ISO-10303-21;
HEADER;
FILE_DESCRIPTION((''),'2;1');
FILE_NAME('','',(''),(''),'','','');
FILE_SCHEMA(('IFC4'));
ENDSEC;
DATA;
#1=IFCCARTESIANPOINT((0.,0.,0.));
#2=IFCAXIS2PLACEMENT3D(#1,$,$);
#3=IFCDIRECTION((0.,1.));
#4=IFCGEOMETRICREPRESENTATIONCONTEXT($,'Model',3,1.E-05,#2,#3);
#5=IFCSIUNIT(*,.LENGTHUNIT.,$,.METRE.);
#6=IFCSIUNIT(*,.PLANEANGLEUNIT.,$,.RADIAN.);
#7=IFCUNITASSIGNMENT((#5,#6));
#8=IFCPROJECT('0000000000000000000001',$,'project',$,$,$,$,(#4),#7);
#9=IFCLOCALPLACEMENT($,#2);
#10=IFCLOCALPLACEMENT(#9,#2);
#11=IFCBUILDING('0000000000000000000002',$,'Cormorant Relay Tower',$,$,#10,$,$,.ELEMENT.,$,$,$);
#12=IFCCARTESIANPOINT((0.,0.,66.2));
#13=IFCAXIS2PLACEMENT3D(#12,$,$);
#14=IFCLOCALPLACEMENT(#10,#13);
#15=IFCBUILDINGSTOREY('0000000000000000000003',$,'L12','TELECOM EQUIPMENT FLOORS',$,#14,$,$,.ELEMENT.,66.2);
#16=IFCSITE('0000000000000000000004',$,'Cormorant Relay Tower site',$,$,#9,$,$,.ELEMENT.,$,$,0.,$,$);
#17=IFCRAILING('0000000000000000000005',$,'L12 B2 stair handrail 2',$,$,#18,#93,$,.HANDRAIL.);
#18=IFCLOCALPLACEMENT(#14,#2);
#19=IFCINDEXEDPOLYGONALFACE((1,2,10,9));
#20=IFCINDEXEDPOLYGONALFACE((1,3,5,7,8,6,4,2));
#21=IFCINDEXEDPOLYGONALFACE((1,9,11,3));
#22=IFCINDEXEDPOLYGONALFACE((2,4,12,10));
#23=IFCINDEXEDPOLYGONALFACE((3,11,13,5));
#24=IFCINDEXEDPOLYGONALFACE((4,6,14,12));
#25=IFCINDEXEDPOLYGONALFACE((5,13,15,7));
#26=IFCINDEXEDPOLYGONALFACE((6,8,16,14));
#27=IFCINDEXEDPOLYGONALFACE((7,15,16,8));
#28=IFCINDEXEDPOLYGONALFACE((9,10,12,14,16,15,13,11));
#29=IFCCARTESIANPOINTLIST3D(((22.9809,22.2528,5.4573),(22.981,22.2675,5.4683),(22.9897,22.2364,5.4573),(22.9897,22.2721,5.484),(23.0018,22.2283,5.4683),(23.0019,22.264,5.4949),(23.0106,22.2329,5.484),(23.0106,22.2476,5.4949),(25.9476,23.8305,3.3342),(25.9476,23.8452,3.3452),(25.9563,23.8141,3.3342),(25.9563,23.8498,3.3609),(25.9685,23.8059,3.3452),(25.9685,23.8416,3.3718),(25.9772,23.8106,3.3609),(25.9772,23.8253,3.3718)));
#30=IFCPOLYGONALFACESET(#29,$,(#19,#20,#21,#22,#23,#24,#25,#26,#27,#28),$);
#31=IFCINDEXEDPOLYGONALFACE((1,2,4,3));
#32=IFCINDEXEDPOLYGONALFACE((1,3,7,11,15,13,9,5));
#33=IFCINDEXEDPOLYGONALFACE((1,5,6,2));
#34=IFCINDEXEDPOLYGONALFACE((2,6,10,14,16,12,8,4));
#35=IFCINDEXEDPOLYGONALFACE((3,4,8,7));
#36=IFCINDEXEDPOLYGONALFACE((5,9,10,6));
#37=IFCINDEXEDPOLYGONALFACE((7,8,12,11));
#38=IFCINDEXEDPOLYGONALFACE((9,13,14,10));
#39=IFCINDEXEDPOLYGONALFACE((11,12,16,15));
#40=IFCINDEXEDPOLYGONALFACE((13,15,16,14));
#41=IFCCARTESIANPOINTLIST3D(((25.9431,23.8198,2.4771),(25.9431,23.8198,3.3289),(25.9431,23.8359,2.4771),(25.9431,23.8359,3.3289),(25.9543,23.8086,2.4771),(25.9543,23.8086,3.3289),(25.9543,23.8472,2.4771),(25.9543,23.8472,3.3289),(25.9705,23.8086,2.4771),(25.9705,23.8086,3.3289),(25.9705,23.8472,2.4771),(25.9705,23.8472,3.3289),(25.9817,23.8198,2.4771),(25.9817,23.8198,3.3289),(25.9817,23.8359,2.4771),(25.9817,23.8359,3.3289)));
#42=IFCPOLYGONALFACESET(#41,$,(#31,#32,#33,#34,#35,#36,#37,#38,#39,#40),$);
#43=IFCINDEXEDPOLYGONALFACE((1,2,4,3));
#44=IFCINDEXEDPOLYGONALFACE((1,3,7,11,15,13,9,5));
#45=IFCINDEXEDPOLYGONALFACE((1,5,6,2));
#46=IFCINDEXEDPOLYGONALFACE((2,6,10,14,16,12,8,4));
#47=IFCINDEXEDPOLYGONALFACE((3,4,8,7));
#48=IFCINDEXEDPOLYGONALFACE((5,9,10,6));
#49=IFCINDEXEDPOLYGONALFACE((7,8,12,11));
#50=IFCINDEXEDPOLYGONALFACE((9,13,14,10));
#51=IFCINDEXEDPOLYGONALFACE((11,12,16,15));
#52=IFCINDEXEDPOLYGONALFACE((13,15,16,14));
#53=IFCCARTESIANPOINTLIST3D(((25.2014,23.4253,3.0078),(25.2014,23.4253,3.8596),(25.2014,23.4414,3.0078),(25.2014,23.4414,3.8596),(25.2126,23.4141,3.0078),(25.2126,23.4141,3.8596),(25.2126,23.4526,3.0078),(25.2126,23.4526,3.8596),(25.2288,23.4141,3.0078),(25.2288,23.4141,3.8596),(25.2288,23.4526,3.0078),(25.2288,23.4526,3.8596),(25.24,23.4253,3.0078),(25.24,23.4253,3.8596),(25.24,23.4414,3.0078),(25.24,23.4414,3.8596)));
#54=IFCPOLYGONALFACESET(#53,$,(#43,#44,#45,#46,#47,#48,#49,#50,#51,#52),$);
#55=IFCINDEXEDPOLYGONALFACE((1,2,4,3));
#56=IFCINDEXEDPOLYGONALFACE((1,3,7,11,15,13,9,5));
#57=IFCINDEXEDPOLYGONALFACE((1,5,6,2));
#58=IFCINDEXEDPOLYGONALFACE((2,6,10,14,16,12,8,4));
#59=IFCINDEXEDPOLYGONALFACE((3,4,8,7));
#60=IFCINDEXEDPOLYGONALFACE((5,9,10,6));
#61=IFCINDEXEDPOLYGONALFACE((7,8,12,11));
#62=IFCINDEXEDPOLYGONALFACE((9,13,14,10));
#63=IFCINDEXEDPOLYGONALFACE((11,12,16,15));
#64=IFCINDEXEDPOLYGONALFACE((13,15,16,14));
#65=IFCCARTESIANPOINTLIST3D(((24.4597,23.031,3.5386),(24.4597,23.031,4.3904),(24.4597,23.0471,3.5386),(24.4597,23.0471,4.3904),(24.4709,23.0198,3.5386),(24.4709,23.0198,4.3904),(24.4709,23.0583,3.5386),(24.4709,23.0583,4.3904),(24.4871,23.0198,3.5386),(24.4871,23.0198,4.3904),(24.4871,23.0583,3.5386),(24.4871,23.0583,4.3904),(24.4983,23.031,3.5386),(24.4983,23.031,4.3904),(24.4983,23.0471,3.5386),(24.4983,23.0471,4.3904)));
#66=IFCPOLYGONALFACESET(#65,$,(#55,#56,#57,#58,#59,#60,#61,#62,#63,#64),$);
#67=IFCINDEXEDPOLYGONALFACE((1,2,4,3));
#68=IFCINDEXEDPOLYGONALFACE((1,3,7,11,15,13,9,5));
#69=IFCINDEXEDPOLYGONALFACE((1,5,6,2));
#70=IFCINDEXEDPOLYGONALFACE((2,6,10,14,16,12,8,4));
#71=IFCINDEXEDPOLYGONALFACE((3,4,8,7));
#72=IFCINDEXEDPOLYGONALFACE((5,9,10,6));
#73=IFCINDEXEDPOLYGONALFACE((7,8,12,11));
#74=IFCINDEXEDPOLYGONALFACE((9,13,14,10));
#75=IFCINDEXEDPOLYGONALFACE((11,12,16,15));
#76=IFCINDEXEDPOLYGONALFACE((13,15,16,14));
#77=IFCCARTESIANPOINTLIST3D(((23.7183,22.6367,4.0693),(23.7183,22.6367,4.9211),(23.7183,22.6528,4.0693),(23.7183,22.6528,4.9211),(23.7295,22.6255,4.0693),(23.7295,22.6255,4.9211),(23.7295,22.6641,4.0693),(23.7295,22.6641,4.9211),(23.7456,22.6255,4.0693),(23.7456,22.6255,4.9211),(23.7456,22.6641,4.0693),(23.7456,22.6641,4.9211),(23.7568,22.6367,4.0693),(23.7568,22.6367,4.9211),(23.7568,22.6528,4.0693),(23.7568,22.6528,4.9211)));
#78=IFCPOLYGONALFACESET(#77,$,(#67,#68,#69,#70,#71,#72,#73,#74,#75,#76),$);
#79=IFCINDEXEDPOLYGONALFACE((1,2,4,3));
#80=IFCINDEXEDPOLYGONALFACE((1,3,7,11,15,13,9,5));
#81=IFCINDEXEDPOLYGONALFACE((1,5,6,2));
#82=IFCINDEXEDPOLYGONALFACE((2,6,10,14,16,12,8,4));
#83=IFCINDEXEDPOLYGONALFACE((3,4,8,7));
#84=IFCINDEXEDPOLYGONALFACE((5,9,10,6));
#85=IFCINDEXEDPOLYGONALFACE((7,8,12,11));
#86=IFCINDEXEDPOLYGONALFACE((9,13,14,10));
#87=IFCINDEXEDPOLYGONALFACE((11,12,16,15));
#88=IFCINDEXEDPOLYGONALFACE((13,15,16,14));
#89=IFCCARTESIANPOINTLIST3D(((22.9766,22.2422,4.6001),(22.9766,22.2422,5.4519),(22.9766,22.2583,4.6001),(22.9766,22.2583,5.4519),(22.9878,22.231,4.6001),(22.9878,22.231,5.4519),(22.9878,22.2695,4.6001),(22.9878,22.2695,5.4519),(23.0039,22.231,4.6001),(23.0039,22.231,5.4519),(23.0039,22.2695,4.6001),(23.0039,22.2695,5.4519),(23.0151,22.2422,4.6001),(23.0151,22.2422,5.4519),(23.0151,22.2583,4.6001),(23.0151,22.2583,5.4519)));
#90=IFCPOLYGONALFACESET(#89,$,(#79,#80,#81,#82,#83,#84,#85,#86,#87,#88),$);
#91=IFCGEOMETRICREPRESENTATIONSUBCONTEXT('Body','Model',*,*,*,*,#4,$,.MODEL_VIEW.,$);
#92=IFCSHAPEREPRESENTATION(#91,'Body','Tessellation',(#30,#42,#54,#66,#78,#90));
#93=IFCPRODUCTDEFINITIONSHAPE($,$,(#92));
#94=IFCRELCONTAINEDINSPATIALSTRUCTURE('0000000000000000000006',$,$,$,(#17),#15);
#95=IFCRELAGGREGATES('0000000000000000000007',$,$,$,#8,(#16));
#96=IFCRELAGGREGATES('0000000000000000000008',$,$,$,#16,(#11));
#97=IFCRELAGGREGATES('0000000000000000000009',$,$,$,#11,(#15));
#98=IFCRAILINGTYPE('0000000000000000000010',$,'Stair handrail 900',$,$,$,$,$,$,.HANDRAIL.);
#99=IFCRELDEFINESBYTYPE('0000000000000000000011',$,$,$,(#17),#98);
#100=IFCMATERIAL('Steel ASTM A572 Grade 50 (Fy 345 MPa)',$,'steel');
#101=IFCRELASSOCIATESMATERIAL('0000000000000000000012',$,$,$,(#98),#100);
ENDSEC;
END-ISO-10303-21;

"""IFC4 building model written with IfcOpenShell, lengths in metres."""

from ifc_helpers import new_model, si_unit, direction, frame, origin, place, context, subcontext, project, spatial, polyline, outline, extrude, material, type_object, element, save


model = new_model("IFC4")

# Units and contexts
model_context = context("Model", 3, precision=1e-05, world=origin(), true_north=direction((0.0, 1.0)))
body_context = subcontext(model_context, "Body", "Model", "MODEL_VIEW")
ifc_project = project(units=[si_unit("LENGTHUNIT", "METRE"), si_unit("PLANEANGLEUNIT", "RADIAN")], contexts=[model_context])

# Site, building, storey
site_placement = place(None, origin())
site = spatial("IfcSite", under=ifc_project, at=site_placement, Name="Cormorant Relay Tower site", CompositionType="ELEMENT", RefElevation=0.0)
building_placement = place(site_placement, origin())
building = spatial("IfcBuilding", under=site, at=building_placement, Name="Cormorant Relay Tower", CompositionType="ELEMENT")
storey_placement = place(building_placement, frame((0.0, 0.0, 66.2)))
storey = spatial("IfcBuildingStorey", under=building, at=storey_placement, Name="L12", Description="TELECOM EQUIPMENT FLOORS", CompositionType="ELEMENT", Elevation=66.2)

# Railing
ifc_material_1 = material(Name="Steel ASTM A572 Grade 50 (Fy 345 MPa)", Category="steel")
railing_type_1 = type_object("IfcRailingType", Name="Stair handrail 900", PredefinedType="HANDRAIL", material=ifc_material_1)
railing_1_placement = place(storey_placement, frame((25.9624, 23.8279, 2.4771)))
element("IfcRailing", 1, at=railing_1_placement, inside=storey, type_object=railing_type_1, Name="L12 B2 stair handrail 2", PredefinedType="HANDRAIL", context=body_context, shape_type="SweptSolid", body=[
    extrude(outline(polyline([(0.0222, 0.0093), (0.0093, 0.0222), (-0.0093, 0.0222), (-0.0222, 0.0093), (-0.0222, -0.0093), (-0.0093, -0.0222), (0.0093, -0.0222), (0.0222, -0.0093), (0.0222, 0.0093)])), frame((0.0, 0.0, 0.876), z_axis=(-0.746395, -0.396939, 0.534166), x_axis=(0.469539, -0.882911, 0.0)), (0.0, 0.0, 1.0), 3.9746),
    extrude(outline(polyline([(0.0193, 0.0081), (0.0081, 0.0193), (-0.0081, 0.0193), (-0.0193, 0.0081), (-0.0193, -0.0081), (-0.0081, -0.0193), (0.0081, -0.0193), (0.0193, -0.0081), (0.0193, 0.0081)])), origin(), (0.0, 0.0, 1.0), 0.8518),
    extrude(outline(polyline([(0.0193, 0.0081), (0.0081, 0.0193), (-0.0081, 0.0193), (-0.0193, 0.0081), (-0.0193, -0.0081), (-0.0081, -0.0193), (0.0081, -0.0193), (0.0193, -0.0081), (0.0193, 0.0081)])), frame((-0.7417, -0.3945, 0.5308)), (0.0, 0.0, 1.0), 0.8518),
    extrude(outline(polyline([(0.0193, 0.0081), (0.0081, 0.0193), (-0.0081, 0.0193), (-0.0193, 0.0081), (-0.0193, -0.0081), (-0.0081, -0.0193), (0.0081, -0.0193), (0.0193, -0.0081), (0.0193, 0.0081)])), frame((-1.4834, -0.7888, 1.0615)), (0.0, 0.0, 1.0), 0.8518),
    extrude(outline(polyline([(0.0193, 0.0081), (0.0081, 0.0193), (-0.0081, 0.0193), (-0.0193, 0.0081), (-0.0193, -0.0081), (-0.0081, -0.0193), (0.0081, -0.0193), (0.0193, -0.0081), (0.0193, 0.0081)])), frame((-2.2249, -1.1831, 1.5923)), (0.0, 0.0, 1.0), 0.8518),
    extrude(outline(polyline([(0.0193, 0.0081), (0.0081, 0.0193), (-0.0081, 0.0193), (-0.0193, 0.0081), (-0.0193, -0.0081), (-0.0081, -0.0193), (0.0081, -0.0193), (0.0193, -0.0081), (0.0193, 0.0081)])), frame((-2.9666, -1.5776, 2.123)), (0.0, 0.0, 1.0), 0.8518),
])

save(model, "model.ifc")
